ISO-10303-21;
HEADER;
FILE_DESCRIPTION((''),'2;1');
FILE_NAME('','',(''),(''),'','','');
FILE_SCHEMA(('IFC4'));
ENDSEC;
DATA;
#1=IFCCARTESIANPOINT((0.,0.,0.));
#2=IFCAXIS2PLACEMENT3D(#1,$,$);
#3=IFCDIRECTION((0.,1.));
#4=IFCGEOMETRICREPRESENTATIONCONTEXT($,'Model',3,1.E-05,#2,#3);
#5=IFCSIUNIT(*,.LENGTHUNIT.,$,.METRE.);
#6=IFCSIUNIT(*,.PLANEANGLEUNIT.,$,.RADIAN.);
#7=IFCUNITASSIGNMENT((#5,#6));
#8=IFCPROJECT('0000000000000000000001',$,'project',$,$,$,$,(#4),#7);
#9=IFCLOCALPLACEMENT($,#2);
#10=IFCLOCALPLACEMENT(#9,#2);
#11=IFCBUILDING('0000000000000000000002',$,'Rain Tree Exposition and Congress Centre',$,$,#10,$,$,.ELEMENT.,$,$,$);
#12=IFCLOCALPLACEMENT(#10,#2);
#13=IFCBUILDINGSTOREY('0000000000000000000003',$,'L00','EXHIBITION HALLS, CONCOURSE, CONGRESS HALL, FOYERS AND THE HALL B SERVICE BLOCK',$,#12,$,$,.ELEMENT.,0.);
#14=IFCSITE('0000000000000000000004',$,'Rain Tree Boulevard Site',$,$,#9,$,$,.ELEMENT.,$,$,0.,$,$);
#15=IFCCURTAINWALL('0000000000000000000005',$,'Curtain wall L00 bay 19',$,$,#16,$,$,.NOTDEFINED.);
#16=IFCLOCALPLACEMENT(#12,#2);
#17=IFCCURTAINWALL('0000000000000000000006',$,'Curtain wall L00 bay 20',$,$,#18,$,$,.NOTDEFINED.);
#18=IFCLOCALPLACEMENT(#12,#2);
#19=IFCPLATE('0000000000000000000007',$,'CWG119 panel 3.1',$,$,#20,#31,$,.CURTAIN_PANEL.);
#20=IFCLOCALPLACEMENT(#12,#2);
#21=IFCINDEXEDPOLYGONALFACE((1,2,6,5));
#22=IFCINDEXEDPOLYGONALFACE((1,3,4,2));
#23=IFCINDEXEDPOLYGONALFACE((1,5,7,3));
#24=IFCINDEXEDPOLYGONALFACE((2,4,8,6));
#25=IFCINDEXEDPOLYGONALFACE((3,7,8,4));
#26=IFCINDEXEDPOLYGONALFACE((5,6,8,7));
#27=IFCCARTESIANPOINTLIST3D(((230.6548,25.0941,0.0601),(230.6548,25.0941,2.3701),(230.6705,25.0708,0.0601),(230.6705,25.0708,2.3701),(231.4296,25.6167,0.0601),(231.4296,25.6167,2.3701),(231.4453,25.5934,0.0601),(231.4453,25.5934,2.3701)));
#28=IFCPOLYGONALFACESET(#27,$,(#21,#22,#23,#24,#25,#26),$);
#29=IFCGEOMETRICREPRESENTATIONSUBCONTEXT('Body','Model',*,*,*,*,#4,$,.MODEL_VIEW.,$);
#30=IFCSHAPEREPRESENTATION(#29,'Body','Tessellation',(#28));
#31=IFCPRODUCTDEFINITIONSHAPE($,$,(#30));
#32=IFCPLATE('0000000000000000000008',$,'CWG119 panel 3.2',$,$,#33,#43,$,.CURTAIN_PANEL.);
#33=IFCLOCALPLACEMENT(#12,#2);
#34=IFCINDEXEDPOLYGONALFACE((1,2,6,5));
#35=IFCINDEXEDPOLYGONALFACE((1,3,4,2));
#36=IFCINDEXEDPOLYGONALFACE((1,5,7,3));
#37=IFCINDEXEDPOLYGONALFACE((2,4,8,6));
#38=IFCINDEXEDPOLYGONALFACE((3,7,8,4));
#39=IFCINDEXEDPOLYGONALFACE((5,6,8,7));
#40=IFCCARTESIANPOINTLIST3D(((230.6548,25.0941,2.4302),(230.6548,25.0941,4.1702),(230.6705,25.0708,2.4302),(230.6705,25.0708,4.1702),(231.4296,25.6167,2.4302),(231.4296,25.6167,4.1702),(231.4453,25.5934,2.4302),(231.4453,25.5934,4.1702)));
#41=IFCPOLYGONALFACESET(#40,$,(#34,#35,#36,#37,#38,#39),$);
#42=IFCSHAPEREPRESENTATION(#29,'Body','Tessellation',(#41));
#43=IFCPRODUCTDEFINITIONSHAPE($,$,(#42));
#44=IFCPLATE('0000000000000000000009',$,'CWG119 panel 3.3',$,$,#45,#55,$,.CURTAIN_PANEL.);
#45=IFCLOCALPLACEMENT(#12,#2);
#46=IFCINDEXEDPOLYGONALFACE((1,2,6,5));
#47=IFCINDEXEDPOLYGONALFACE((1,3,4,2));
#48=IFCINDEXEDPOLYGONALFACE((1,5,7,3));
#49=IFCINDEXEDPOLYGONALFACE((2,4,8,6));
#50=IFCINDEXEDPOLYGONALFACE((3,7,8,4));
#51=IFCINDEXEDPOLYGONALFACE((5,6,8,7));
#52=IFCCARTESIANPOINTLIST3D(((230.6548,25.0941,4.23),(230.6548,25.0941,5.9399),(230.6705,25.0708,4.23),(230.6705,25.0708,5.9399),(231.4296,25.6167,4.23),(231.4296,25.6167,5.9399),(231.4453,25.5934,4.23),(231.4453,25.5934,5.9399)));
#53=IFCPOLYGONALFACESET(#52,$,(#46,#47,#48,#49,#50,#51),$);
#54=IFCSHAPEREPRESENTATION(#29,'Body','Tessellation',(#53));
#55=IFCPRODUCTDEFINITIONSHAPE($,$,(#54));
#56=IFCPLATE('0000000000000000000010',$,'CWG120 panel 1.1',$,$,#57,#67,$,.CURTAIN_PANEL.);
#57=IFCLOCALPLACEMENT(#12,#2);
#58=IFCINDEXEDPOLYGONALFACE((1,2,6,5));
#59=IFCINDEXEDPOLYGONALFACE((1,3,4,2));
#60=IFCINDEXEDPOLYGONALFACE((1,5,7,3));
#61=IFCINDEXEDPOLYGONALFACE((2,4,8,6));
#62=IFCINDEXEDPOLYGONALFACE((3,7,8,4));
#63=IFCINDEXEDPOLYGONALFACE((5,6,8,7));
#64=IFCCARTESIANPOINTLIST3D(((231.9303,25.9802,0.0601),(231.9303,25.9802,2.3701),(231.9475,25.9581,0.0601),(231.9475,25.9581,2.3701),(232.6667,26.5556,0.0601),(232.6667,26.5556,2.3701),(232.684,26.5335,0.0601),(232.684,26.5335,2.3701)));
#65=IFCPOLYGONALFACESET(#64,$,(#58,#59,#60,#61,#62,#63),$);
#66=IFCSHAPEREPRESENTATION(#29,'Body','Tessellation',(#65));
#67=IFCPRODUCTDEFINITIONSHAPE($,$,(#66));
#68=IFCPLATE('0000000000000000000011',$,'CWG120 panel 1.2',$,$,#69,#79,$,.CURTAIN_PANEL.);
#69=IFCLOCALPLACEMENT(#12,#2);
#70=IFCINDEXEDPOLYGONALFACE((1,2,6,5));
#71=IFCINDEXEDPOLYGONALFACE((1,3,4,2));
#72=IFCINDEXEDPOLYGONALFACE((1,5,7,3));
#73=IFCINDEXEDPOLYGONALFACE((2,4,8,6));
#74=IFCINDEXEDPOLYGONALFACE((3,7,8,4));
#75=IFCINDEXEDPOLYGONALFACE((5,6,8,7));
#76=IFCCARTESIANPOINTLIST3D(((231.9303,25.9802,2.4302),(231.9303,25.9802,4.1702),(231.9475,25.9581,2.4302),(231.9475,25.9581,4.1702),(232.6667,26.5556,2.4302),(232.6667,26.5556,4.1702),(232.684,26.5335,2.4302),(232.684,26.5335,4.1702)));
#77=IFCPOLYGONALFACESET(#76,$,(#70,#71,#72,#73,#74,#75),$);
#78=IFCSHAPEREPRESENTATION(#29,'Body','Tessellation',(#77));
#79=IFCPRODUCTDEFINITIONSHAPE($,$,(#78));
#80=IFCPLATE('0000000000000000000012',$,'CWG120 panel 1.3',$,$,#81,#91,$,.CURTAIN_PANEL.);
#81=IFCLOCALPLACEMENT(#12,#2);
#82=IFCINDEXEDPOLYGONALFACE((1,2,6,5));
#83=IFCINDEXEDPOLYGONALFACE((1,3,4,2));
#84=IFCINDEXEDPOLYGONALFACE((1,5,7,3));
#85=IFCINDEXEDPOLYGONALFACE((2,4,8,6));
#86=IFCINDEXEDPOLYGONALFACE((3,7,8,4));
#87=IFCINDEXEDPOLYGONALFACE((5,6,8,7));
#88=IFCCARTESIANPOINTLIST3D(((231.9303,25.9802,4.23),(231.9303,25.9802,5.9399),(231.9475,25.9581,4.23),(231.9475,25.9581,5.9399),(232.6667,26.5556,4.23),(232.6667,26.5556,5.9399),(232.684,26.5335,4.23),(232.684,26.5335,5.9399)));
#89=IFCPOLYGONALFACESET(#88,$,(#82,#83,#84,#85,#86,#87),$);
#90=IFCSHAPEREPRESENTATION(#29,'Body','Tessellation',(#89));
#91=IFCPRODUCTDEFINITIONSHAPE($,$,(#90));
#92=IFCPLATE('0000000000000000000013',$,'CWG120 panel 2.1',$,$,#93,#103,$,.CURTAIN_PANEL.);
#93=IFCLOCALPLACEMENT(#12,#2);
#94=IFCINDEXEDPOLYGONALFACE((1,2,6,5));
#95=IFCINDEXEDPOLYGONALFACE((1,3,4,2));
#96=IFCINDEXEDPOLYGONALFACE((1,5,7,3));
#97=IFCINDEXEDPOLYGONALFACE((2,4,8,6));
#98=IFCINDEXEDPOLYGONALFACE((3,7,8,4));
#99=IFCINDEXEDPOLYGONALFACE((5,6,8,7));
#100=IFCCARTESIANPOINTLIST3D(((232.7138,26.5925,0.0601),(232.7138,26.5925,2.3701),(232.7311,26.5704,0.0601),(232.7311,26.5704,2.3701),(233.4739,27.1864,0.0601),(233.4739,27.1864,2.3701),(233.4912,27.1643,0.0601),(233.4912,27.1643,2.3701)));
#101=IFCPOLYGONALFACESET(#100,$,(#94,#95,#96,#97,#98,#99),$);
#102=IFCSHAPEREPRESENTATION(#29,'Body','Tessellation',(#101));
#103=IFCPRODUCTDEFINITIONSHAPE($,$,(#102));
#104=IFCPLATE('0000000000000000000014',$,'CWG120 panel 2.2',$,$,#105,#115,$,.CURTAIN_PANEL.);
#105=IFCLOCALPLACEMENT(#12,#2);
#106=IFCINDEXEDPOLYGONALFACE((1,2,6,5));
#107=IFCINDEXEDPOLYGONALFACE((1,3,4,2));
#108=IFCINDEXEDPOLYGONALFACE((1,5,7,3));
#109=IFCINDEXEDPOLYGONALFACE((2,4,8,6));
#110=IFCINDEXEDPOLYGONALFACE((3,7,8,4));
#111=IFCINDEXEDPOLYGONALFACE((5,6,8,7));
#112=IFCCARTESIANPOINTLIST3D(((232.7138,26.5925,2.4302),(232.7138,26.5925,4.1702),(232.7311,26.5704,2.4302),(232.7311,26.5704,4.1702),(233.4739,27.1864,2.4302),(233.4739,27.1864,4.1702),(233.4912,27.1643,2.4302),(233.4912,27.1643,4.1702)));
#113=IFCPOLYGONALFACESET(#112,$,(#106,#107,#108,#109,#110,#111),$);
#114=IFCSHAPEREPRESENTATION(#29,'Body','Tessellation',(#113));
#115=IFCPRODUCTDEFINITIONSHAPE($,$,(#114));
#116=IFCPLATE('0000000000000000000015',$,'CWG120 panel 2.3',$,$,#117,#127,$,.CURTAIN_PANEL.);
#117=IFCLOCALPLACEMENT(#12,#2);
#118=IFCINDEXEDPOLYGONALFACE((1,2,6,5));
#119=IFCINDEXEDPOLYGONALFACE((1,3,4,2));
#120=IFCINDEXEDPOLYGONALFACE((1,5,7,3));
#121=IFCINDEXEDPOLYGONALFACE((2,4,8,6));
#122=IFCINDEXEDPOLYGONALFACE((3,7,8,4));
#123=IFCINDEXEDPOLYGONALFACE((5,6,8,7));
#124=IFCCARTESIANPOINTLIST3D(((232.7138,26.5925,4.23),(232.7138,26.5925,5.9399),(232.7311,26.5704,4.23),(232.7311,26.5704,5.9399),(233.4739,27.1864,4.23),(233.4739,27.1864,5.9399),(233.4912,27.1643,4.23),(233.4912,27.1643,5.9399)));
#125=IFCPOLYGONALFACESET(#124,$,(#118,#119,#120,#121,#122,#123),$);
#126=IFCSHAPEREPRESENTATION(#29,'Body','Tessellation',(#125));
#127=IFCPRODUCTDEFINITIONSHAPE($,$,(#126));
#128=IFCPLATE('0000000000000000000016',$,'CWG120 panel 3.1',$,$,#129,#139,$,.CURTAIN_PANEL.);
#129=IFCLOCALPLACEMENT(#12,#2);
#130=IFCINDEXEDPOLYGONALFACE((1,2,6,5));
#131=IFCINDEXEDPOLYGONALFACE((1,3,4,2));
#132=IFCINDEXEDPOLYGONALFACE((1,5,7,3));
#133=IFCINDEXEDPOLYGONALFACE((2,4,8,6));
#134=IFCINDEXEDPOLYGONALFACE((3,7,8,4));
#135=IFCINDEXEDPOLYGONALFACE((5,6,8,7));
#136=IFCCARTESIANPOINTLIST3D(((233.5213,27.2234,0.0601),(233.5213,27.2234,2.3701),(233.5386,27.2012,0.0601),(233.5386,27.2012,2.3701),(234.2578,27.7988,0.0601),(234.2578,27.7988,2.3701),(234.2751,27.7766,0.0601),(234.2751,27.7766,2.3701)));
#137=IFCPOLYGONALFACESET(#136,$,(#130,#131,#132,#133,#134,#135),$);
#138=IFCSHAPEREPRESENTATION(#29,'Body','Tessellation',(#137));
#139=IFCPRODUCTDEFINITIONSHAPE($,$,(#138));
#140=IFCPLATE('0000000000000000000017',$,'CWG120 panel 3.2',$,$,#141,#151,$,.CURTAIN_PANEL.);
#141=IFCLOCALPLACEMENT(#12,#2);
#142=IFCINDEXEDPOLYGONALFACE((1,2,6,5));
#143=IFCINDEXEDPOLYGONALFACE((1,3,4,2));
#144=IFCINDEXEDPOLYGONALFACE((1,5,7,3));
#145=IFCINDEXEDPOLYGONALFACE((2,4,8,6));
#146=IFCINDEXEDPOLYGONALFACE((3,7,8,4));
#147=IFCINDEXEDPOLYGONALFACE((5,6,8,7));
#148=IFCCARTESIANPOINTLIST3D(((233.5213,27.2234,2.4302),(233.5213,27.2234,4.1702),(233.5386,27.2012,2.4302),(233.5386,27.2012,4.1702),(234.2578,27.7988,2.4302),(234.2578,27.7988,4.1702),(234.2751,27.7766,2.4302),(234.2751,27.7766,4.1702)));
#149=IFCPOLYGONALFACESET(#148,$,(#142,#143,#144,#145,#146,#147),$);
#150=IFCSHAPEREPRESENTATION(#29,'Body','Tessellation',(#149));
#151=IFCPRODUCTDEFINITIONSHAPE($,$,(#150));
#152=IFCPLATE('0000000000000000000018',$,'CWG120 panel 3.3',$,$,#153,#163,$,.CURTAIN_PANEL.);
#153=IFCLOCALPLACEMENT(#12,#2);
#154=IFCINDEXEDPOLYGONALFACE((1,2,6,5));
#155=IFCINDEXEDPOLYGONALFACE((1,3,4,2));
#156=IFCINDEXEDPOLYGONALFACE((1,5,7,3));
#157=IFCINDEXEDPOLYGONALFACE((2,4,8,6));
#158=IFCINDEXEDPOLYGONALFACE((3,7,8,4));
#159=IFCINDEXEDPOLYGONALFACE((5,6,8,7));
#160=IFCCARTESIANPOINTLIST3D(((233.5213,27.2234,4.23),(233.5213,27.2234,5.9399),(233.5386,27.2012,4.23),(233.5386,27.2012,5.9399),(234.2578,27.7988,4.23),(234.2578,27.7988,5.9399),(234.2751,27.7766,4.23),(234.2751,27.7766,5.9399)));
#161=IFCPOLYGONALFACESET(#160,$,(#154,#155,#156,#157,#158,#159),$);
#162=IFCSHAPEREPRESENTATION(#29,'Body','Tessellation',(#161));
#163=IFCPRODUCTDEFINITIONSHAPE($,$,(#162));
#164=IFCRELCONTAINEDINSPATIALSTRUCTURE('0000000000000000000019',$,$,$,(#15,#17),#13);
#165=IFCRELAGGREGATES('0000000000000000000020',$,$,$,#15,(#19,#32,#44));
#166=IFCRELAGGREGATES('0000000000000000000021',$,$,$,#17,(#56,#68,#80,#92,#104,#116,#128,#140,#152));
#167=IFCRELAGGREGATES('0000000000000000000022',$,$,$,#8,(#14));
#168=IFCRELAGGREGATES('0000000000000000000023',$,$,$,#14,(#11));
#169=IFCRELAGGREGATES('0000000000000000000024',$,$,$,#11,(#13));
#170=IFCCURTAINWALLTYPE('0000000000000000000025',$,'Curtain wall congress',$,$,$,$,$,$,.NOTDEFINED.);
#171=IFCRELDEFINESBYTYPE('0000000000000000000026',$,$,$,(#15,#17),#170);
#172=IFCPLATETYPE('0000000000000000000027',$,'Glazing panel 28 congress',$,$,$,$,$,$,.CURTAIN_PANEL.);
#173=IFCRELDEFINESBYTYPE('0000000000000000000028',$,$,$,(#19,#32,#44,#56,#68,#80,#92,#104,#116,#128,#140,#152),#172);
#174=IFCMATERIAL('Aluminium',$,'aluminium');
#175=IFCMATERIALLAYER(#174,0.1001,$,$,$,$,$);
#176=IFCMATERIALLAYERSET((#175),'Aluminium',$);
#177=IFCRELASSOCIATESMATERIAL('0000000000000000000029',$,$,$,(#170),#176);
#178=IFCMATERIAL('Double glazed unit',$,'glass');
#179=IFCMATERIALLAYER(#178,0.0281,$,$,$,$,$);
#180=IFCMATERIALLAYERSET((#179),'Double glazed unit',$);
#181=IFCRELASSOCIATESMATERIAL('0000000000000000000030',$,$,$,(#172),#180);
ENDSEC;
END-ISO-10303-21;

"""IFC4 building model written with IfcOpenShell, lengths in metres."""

from ifc_helpers import new_model, si_unit, direction, frame, origin, origin_2d, place, context, subcontext, project, spatial, rectangle, extrude, material, layer, layer_set, type_object, element, aggregate, save


model = new_model("IFC4")

# Units and contexts
model_context = context("Model", 3, precision=1e-05, world=origin(), true_north=direction((0.0, 1.0)))
body_context = subcontext(model_context, "Body", "Model", "MODEL_VIEW")
ifc_project = project(units=[si_unit("LENGTHUNIT", "METRE"), si_unit("PLANEANGLEUNIT", "RADIAN")], contexts=[model_context])

# Site, building, storey
site_placement = place(None, origin())
site = spatial("IfcSite", under=ifc_project, at=site_placement, Name="Rain Tree Boulevard Site", CompositionType="ELEMENT", RefElevation=0.0)
building_placement = place(site_placement, origin())
building = spatial("IfcBuilding", under=site, at=building_placement, Name="Rain Tree Exposition and Congress Centre", CompositionType="ELEMENT")
storey_placement = place(building_placement, origin())
storey = spatial("IfcBuildingStorey", under=building, at=storey_placement, Name="L00", Description="EXHIBITION HALLS, CONCOURSE, CONGRESS HALL, FOYERS AND THE HALL B SERVICE BLOCK", CompositionType="ELEMENT", Elevation=0.0)

# Curtain walls
ifc_material_1 = material(Name="Aluminium", Category="aluminium")
ifc_layer_1 = layer(ifc_material_1, 0.1001)
ifc_layer_set_1 = layer_set([ifc_layer_1], Name="Aluminium")
curtain_wall_type = type_object("IfcCurtainWallType", Name="Curtain wall congress", PredefinedType="NOTDEFINED", material=ifc_layer_set_1)
curtain_wall_1_placement = place(storey_placement, origin())
curtain_wall_1 = element("IfcCurtainWall", 1, at=curtain_wall_1_placement, inside=storey, type_object=curtain_wall_type, Name="Curtain wall L00 bay 19", PredefinedType="NOTDEFINED")
curtain_wall_2_placement = place(storey_placement, origin())
curtain_wall_2 = element("IfcCurtainWall", 2, at=curtain_wall_2_placement, inside=storey, type_object=curtain_wall_type, Name="Curtain wall L00 bay 20", PredefinedType="NOTDEFINED")

# Plates
ifc_material_2 = material(Name="Double glazed unit", Category="glass")
ifc_layer_2 = layer(ifc_material_2, 0.0281)
ifc_layer_set_2 = layer_set([ifc_layer_2], Name="Double glazed unit")
plate_type = type_object("IfcPlateType", Name="Glazing panel 28 congress", PredefinedType="CURTAIN_PANEL", material=ifc_layer_set_2)
plate_1_placement = place(storey_placement, frame((231.05, 25.3438, 0.0601), z_axis=(0.0, 0.0, 1.0), x_axis=(0.829035, 0.559197, 0.0)))
plate_1 = element("IfcPlate", 3, at=plate_1_placement, type_object=plate_type, Name="CWG119 panel 3.1", PredefinedType="CURTAIN_PANEL", context=body_context, shape_type="SweptSolid", body=[
    extrude(rectangle(XDim=0.9346, YDim=0.0281, at=origin_2d()), origin(), (0.0, 0.0, 1.0), 2.3101),
])
plate_2_placement = place(storey_placement, frame((231.05, 25.3438, 2.4302), z_axis=(0.0, 0.0, 1.0), x_axis=(0.829035, 0.559197, 0.0)))
plate_2 = element("IfcPlate", 4, at=plate_2_placement, type_object=plate_type, Name="CWG119 panel 3.2", PredefinedType="CURTAIN_PANEL", context=body_context, shape_type="SweptSolid", body=[
    extrude(rectangle(XDim=0.9346, YDim=0.0281, at=origin_2d()), origin(), (0.0, 0.0, 1.0), 1.74),
])
plate_3_placement = place(storey_placement, frame((231.05, 25.3438, 4.23), z_axis=(0.0, 0.0, 1.0), x_axis=(0.829035, 0.559197, 0.0)))
plate_3 = element("IfcPlate", 5, at=plate_3_placement, type_object=plate_type, Name="CWG119 panel 3.3", PredefinedType="CURTAIN_PANEL", context=body_context, shape_type="SweptSolid", body=[
    extrude(rectangle(XDim=0.9346, YDim=0.0281, at=origin_2d()), origin(), (0.0, 0.0, 1.0), 1.71),
])
aggregate(curtain_wall_1, [plate_1, plate_2, plate_3])
plate_4_placement = place(storey_placement, frame((232.3071, 26.2568, 0.0601), z_axis=(0.0, 0.0, 1.0), x_axis=(0.788003, 0.615671, 0.0)))
plate_4 = element("IfcPlate", 6, at=plate_4_placement, type_object=plate_type, Name="CWG120 panel 1.1", PredefinedType="CURTAIN_PANEL", context=body_context, shape_type="SweptSolid", body=[
    extrude(rectangle(XDim=0.9346, YDim=0.0281, at=origin_2d()), origin(), (0.0, 0.0, 1.0), 2.3101),
])
plate_5_placement = place(storey_placement, frame((232.3071, 26.2568, 2.4302), z_axis=(0.0, 0.0, 1.0), x_axis=(0.788003, 0.615671, 0.0)))
plate_5 = element("IfcPlate", 7, at=plate_5_placement, type_object=plate_type, Name="CWG120 panel 1.2", PredefinedType="CURTAIN_PANEL", context=body_context, shape_type="SweptSolid", body=[
    extrude(rectangle(XDim=0.9346, YDim=0.0281, at=origin_2d()), origin(), (0.0, 0.0, 1.0), 1.74),
])
plate_6_placement = place(storey_placement, frame((232.3071, 26.2568, 4.23), z_axis=(0.0, 0.0, 1.0), x_axis=(0.788003, 0.615671, 0.0)))
plate_6 = element("IfcPlate", 8, at=plate_6_placement, type_object=plate_type, Name="CWG120 panel 1.3", PredefinedType="CURTAIN_PANEL", context=body_context, shape_type="SweptSolid", body=[
    extrude(rectangle(XDim=0.9346, YDim=0.0281, at=origin_2d()), origin(), (0.0, 0.0, 1.0), 1.71),
])
plate_7_placement = place(storey_placement, frame((233.1025, 26.8784, 0.0601), z_axis=(0.0, 0.0, 1.0), x_axis=(0.788003, 0.615671, 0.0)))
plate_7 = element("IfcPlate", 9, at=plate_7_placement, type_object=plate_type, Name="CWG120 panel 2.1", PredefinedType="CURTAIN_PANEL", context=body_context, shape_type="SweptSolid", body=[
    extrude(rectangle(XDim=0.9646, YDim=0.0281, at=origin_2d()), origin(), (0.0, 0.0, 1.0), 2.3101),
])
plate_8_placement = place(storey_placement, frame((233.1025, 26.8784, 2.4302), z_axis=(0.0, 0.0, 1.0), x_axis=(0.788003, 0.615671, 0.0)))
plate_8 = element("IfcPlate", 10, at=plate_8_placement, type_object=plate_type, Name="CWG120 panel 2.2", PredefinedType="CURTAIN_PANEL", context=body_context, shape_type="SweptSolid", body=[
    extrude(rectangle(XDim=0.9646, YDim=0.0281, at=origin_2d()), origin(), (0.0, 0.0, 1.0), 1.74),
])
plate_9_placement = place(storey_placement, frame((233.1025, 26.8784, 4.23), z_axis=(0.0, 0.0, 1.0), x_axis=(0.788003, 0.615671, 0.0)))
plate_9 = element("IfcPlate", 11, at=plate_9_placement, type_object=plate_type, Name="CWG120 panel 2.3", PredefinedType="CURTAIN_PANEL", context=body_context, shape_type="SweptSolid", body=[
    extrude(rectangle(XDim=0.9646, YDim=0.0281, at=origin_2d()), origin(), (0.0, 0.0, 1.0), 1.71),
])
plate_10_placement = place(storey_placement, frame((233.8982, 27.5, 0.0601), z_axis=(0.0, 0.0, 1.0), x_axis=(0.788003, 0.615671, 0.0)))
plate_10 = element("IfcPlate", 12, at=plate_10_placement, type_object=plate_type, Name="CWG120 panel 3.1", PredefinedType="CURTAIN_PANEL", context=body_context, shape_type="SweptSolid", body=[
    extrude(rectangle(XDim=0.9346, YDim=0.0281, at=origin_2d()), origin(), (0.0, 0.0, 1.0), 2.3101),
])
plate_11_placement = place(storey_placement, frame((233.8982, 27.5, 2.4302), z_axis=(0.0, 0.0, 1.0), x_axis=(0.788003, 0.615671, 0.0)))
plate_11 = element("IfcPlate", 13, at=plate_11_placement, type_object=plate_type, Name="CWG120 panel 3.2", PredefinedType="CURTAIN_PANEL", context=body_context, shape_type="SweptSolid", body=[
    extrude(rectangle(XDim=0.9346, YDim=0.0281, at=origin_2d()), origin(), (0.0, 0.0, 1.0), 1.74),
])
plate_12_placement = place(storey_placement, frame((233.8982, 27.5, 4.23), z_axis=(0.0, 0.0, 1.0), x_axis=(0.788003, 0.615671, 0.0)))
plate_12 = element("IfcPlate", 14, at=plate_12_placement, type_object=plate_type, Name="CWG120 panel 3.3", PredefinedType="CURTAIN_PANEL", context=body_context, shape_type="SweptSolid", body=[
    extrude(rectangle(XDim=0.9346, YDim=0.0281, at=origin_2d()), origin(), (0.0, 0.0, 1.0), 1.71),
])
aggregate(curtain_wall_2, [plate_4, plate_5, plate_6, plate_7, plate_8, plate_9, plate_10, plate_11, plate_12])

save(model, "model.ifc")
